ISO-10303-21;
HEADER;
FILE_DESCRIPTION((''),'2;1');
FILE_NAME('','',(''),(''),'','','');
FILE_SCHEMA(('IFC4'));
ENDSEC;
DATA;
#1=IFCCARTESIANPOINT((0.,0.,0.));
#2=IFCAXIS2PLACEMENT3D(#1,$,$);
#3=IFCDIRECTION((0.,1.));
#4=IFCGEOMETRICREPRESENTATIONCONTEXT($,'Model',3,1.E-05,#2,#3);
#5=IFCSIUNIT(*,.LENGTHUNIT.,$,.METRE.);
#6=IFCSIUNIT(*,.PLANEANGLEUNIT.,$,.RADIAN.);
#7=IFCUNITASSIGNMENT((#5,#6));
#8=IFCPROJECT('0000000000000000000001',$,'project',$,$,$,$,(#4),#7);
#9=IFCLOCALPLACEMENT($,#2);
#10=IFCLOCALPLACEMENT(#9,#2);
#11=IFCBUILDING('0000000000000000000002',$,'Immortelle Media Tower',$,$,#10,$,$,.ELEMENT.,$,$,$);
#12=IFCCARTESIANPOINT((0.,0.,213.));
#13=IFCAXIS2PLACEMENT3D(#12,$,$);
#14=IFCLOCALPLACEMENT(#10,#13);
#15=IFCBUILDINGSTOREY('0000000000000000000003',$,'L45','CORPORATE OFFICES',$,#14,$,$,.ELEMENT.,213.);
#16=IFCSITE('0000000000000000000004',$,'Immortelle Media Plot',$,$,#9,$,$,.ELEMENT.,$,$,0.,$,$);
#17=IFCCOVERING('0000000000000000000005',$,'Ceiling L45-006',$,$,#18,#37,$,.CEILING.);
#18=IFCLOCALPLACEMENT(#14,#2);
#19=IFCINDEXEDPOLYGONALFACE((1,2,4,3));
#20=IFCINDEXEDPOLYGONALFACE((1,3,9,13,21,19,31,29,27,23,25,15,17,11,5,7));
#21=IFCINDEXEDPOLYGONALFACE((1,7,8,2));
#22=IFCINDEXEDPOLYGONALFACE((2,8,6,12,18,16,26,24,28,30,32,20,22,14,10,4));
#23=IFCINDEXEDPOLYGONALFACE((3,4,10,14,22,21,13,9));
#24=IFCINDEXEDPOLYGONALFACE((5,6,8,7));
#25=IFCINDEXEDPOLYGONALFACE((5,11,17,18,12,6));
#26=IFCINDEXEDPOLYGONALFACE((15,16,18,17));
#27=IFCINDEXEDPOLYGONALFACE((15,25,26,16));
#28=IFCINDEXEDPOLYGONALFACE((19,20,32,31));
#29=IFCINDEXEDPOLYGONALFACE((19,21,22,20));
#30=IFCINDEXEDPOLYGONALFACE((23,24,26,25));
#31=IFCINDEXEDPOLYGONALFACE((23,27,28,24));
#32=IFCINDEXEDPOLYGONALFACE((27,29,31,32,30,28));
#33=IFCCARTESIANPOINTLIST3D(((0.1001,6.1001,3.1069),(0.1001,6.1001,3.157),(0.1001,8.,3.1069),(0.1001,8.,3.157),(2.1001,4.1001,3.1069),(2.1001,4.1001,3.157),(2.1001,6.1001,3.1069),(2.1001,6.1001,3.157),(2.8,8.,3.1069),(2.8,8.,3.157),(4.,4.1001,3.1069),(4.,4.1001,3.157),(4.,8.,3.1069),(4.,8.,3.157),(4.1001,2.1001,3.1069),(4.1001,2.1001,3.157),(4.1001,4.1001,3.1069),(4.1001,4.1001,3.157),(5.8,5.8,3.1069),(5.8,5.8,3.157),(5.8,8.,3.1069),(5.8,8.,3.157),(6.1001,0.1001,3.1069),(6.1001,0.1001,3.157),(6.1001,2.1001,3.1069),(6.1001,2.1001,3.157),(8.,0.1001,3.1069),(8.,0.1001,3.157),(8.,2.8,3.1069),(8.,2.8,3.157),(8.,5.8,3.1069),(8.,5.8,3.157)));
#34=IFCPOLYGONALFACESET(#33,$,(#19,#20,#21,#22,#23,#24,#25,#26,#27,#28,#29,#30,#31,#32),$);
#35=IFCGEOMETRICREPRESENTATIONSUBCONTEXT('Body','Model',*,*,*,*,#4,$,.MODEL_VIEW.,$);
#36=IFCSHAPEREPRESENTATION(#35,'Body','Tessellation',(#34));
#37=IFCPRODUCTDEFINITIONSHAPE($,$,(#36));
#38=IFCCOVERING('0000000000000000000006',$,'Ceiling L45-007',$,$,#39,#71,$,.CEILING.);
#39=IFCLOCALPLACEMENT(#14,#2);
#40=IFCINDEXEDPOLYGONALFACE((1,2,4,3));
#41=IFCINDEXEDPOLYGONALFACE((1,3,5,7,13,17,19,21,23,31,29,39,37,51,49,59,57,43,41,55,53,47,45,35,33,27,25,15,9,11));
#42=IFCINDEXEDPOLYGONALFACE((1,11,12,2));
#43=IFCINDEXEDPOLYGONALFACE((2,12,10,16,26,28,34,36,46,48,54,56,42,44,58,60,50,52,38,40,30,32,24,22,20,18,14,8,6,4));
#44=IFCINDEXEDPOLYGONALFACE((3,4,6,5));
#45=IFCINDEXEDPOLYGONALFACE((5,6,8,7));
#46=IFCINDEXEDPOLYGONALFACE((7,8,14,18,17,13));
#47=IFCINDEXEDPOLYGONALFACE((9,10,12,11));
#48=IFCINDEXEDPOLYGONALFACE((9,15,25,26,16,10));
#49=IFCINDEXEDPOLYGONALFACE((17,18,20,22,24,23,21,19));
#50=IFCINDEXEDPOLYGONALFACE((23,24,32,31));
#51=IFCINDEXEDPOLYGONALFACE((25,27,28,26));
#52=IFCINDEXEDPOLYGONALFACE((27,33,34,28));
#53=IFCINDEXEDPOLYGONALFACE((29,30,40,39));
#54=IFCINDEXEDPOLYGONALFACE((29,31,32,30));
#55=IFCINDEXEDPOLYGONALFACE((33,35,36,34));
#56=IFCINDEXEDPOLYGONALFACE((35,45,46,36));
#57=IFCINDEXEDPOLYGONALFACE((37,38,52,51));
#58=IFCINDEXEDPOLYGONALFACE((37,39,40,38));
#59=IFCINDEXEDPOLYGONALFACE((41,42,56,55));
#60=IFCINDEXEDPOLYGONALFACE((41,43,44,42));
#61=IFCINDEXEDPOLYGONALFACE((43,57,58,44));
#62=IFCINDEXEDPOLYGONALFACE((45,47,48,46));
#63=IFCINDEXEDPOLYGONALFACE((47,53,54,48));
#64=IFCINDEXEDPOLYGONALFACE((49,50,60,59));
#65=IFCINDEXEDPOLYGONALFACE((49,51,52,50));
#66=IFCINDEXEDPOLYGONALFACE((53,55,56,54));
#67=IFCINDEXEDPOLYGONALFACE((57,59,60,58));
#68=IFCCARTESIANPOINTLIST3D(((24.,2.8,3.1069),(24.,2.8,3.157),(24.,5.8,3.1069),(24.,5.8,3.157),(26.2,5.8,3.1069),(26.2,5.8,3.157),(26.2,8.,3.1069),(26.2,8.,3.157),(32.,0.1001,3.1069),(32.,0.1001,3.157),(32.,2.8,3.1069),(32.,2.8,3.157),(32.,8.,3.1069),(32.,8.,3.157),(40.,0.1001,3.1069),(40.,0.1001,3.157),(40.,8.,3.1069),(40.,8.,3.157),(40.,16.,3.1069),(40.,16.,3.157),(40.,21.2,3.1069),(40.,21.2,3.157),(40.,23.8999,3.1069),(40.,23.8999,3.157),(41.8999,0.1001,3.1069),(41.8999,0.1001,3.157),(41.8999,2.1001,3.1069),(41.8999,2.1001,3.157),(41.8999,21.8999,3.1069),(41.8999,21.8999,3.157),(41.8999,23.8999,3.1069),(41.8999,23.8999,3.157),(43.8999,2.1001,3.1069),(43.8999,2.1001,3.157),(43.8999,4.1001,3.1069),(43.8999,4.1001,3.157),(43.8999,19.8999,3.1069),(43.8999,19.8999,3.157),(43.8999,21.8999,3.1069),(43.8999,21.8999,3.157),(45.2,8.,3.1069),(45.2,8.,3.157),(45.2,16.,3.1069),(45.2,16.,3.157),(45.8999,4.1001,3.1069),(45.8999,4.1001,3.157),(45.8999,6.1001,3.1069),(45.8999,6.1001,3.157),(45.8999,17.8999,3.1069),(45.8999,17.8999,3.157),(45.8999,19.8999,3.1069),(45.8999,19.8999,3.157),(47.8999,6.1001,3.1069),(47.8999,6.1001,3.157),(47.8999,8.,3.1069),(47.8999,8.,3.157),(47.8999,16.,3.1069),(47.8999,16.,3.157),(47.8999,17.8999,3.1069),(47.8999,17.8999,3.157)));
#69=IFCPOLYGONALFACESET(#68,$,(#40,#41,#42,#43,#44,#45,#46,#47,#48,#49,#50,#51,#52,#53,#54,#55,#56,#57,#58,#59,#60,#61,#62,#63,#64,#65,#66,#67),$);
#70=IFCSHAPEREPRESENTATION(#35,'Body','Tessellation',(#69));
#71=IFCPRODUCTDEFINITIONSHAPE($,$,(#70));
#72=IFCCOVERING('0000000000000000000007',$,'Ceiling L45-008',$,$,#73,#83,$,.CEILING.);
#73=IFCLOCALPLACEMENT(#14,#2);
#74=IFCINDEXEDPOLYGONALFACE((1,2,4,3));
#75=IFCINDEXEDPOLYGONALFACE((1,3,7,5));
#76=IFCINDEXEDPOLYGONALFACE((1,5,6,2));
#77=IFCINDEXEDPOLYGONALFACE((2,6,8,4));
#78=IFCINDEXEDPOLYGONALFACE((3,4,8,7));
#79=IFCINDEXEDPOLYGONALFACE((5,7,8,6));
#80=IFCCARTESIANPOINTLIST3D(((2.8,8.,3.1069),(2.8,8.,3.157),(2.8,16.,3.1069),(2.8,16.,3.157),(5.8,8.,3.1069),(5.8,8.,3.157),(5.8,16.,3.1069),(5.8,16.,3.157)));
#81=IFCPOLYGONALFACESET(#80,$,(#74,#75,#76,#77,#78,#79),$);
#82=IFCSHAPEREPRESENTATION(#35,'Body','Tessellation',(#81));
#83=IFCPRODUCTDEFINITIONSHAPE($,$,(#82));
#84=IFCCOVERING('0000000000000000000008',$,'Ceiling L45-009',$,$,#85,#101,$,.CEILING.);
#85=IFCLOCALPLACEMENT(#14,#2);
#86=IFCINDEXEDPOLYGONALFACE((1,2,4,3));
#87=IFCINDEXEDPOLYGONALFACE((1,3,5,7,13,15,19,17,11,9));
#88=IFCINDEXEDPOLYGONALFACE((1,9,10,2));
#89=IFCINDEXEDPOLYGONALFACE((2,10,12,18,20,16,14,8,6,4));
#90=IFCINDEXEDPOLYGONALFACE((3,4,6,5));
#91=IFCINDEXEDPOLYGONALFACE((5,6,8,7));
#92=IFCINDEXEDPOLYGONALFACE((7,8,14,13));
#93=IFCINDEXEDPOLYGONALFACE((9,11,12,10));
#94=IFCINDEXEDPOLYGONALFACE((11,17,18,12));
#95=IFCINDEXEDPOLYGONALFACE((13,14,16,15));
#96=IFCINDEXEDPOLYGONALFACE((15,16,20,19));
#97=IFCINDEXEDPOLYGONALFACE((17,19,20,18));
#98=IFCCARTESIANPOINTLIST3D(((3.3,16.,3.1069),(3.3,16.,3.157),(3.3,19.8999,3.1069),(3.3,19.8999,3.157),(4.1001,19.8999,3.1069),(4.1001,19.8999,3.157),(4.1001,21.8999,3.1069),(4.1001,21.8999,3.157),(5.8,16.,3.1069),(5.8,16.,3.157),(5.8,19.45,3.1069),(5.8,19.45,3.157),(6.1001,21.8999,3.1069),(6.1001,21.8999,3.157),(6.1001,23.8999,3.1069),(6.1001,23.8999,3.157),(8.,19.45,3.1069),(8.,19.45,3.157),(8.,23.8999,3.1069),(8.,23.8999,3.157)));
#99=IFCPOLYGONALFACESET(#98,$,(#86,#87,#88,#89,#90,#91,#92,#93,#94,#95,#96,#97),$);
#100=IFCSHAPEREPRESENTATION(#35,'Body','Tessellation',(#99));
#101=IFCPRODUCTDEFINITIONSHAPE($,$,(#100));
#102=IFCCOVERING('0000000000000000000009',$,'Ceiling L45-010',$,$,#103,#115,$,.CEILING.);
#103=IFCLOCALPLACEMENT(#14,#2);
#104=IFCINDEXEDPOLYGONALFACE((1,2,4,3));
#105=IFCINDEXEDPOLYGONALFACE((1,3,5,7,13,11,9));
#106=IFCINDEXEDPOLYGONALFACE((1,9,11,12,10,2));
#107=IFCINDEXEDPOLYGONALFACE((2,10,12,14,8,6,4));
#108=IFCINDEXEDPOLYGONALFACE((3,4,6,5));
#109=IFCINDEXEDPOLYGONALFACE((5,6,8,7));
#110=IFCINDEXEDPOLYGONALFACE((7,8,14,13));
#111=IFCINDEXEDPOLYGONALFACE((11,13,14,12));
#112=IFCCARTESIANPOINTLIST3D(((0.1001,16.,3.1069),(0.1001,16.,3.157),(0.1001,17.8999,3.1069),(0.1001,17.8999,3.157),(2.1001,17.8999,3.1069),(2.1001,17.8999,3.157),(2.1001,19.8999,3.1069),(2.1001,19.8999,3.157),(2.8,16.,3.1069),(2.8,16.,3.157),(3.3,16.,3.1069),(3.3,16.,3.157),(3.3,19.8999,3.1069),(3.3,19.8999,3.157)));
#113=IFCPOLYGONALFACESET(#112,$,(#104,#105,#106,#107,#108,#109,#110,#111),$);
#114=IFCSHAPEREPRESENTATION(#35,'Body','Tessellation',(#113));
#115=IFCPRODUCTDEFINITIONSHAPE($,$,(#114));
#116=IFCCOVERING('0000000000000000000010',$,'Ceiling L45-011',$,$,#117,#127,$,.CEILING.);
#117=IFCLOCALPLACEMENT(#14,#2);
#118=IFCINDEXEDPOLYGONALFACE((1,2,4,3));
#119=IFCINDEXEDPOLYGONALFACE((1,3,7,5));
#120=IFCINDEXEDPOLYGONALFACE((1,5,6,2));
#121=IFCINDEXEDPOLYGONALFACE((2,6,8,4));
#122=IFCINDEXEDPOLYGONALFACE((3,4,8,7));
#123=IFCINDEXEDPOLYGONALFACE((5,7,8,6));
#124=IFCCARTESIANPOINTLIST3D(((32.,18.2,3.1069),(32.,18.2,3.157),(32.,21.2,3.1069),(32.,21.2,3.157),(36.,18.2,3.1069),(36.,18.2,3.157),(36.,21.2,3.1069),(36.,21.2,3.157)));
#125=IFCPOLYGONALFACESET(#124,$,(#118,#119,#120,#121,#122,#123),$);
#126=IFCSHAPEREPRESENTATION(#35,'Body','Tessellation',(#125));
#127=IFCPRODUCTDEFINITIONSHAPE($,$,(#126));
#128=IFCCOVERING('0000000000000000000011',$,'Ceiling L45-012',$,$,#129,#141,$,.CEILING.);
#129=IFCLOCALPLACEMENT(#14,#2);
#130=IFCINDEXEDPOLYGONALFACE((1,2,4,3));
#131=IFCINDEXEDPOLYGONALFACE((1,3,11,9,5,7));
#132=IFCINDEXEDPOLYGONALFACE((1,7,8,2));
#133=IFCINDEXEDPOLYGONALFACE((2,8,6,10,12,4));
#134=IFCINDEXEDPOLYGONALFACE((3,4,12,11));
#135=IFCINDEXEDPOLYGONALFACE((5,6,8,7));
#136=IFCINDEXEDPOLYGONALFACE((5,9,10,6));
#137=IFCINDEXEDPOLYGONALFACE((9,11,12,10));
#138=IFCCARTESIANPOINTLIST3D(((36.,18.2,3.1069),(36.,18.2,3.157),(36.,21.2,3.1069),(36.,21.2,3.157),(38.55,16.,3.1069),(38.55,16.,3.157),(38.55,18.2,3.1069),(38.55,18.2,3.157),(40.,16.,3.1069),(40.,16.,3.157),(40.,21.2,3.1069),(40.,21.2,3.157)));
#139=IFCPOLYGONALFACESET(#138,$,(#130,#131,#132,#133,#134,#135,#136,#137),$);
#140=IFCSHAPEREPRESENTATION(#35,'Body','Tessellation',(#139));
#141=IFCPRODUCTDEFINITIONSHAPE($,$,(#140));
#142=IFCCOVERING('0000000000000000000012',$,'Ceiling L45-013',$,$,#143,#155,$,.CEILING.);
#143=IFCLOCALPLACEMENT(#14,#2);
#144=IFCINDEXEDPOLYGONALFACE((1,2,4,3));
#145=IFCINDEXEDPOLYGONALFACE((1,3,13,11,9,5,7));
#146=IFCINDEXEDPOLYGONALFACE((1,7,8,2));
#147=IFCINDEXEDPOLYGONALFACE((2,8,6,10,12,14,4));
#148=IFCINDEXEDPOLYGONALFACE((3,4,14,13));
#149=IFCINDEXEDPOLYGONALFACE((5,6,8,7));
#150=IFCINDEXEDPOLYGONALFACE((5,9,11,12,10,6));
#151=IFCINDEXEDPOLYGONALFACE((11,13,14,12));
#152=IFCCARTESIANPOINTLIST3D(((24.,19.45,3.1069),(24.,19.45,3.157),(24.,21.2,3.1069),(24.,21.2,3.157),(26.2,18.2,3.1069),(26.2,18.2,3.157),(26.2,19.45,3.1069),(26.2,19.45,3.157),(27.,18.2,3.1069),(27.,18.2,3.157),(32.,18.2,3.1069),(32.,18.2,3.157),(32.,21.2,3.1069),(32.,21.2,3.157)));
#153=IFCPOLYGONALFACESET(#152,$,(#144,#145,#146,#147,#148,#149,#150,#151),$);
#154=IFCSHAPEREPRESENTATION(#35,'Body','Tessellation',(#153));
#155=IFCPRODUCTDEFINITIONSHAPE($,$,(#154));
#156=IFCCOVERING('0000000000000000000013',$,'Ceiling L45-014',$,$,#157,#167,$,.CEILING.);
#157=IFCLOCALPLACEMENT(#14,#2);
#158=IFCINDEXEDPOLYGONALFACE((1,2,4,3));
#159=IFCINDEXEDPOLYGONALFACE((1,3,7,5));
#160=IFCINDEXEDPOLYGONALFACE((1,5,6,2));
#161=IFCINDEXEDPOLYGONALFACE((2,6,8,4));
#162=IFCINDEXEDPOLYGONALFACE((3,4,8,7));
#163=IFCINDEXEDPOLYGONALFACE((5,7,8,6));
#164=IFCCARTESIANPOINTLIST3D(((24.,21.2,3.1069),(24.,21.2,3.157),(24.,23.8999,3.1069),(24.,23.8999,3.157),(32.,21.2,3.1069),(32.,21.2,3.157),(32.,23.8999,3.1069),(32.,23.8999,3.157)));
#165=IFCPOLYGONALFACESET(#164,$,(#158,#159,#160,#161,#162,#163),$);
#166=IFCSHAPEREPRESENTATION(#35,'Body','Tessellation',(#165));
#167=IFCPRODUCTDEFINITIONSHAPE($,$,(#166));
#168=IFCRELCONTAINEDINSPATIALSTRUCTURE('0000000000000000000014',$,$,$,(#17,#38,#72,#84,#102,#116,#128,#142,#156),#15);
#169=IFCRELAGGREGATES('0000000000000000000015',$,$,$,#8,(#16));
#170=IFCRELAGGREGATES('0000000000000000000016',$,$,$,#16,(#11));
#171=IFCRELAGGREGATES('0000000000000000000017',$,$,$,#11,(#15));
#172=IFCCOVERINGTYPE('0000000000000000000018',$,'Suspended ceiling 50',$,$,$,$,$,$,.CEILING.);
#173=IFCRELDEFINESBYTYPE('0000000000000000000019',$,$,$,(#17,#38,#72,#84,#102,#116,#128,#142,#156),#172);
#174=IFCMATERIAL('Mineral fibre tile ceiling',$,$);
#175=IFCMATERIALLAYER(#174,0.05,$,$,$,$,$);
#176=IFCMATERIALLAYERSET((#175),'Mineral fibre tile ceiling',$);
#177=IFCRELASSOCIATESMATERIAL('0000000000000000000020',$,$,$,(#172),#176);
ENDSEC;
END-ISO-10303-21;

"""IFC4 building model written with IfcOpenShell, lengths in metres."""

from ifc_helpers import new_model, si_unit, direction, frame, origin, place, context, subcontext, project, spatial, polyline, outline, extrude, material, layer, layer_set, type_object, element, save


model = new_model("IFC4")

# Units and contexts
model_context = context("Model", 3, precision=1e-05, world=origin(), true_north=direction((0.0, 1.0)))
body_context = subcontext(model_context, "Body", "Model", "MODEL_VIEW")
ifc_project = project(units=[si_unit("LENGTHUNIT", "METRE"), si_unit("PLANEANGLEUNIT", "RADIAN")], contexts=[model_context])

# Site, building, storey
site_placement = place(None, origin())
site = spatial("IfcSite", under=ifc_project, at=site_placement, Name="Immortelle Media Plot", CompositionType="ELEMENT", RefElevation=0.0)
building_placement = place(site_placement, origin())
building = spatial("IfcBuilding", under=site, at=building_placement, Name="Immortelle Media Tower", CompositionType="ELEMENT")
storey_placement = place(building_placement, frame((0.0, 0.0, 213.0)))
storey = spatial("IfcBuildingStorey", under=building, at=storey_placement, Name="L45", Description="CORPORATE OFFICES", CompositionType="ELEMENT", Elevation=213.0)

# Coverings
ifc_material_1 = material(Name="Mineral fibre tile ceiling")
ifc_layer_1 = layer(ifc_material_1, 0.05)
ifc_layer_set_1 = layer_set([ifc_layer_1], Name="Mineral fibre tile ceiling")
covering_type = type_object("IfcCoveringType", Name="Suspended ceiling 50", PredefinedType="CEILING", material=ifc_layer_set_1)
covering_1_placement = place(storey_placement, frame((0.0, 0.0, 3.1069)))
element("IfcCovering", 1, at=covering_1_placement, inside=storey, type_object=covering_type, Name="Ceiling L45-006", PredefinedType="CEILING", context=body_context, shape_type="SweptSolid", body=[
    extrude(outline(polyline([(4.1001, 2.1001), (4.1001, 4.1001), (4.0, 4.1001), (2.1001, 4.1001), (2.1001, 6.1001), (0.1001, 6.1001), (0.1001, 8.0), (2.8, 8.0), (4.0, 8.0), (5.8, 8.0), (5.8, 5.8), (8.0, 5.8), (8.0, 2.8), (8.0, 0.1001), (6.1001, 0.1001), (6.1001, 2.1001), (4.1001, 2.1001)])), origin(), (0.0, 0.0, 1.0), 0.05),
])
covering_2_placement = place(storey_placement, frame((0.0, 0.0, 3.1069)))
element("IfcCovering", 2, at=covering_2_placement, inside=storey, type_object=covering_type, Name="Ceiling L45-007", PredefinedType="CEILING", context=body_context, shape_type="SweptSolid", body=[
    extrude(outline(polyline([(26.2, 5.8), (26.2, 8.0), (32.0, 8.0), (40.0, 8.0), (40.0, 16.0), (40.0, 21.2), (40.0, 23.8999), (41.8999, 23.8999), (41.8999, 21.8999), (43.8999, 21.8999), (43.8999, 19.8999), (45.8999, 19.8999), (45.8999, 17.8999), (47.8999, 17.8999), (47.8999, 16.0), (45.2, 16.0), (45.2, 8.0), (47.8999, 8.0), (47.8999, 6.1001), (45.8999, 6.1001), (45.8999, 4.1001), (43.8999, 4.1001), (43.8999, 2.1001), (41.8999, 2.1001), (41.8999, 0.1001), (40.0, 0.1001), (32.0, 0.1001), (32.0, 2.8), (24.0, 2.8), (24.0, 5.8), (26.2, 5.8)])), origin(), (0.0, 0.0, 1.0), 0.05),
])
covering_3_placement = place(storey_placement, frame((0.0, 0.0, 3.1069)))
element("IfcCovering", 3, at=covering_3_placement, inside=storey, type_object=covering_type, Name="Ceiling L45-008", PredefinedType="CEILING", context=body_context, shape_type="SweptSolid", body=[
    extrude(outline(polyline([(5.8, 8.0), (2.8, 8.0), (2.8, 16.0), (5.8, 16.0), (5.8, 8.0)])), origin(), (0.0, 0.0, 1.0), 0.05),
])
covering_4_placement = place(storey_placement, frame((0.0, 0.0, 3.1069)))
element("IfcCovering", 4, at=covering_4_placement, inside=storey, type_object=covering_type, Name="Ceiling L45-009", PredefinedType="CEILING", context=body_context, shape_type="SweptSolid", body=[
    extrude(outline(polyline([(5.8, 16.0), (3.3, 16.0), (3.3, 19.8999), (4.1001, 19.8999), (4.1001, 21.8999), (6.1001, 21.8999), (6.1001, 23.8999), (8.0, 23.8999), (8.0, 19.45), (5.8, 19.45), (5.8, 16.0)])), origin(), (0.0, 0.0, 1.0), 0.05),
])
covering_5_placement = place(storey_placement, frame((0.0, 0.0, 3.1069)))
element("IfcCovering", 5, at=covering_5_placement, inside=storey, type_object=covering_type, Name="Ceiling L45-010", PredefinedType="CEILING", context=body_context, shape_type="SweptSolid", body=[
    extrude(outline(polyline([(2.8, 16.0), (0.1001, 16.0), (0.1001, 17.8999), (2.1001, 17.8999), (2.1001, 19.8999), (3.3, 19.8999), (3.3, 16.0), (2.8, 16.0)])), origin(), (0.0, 0.0, 1.0), 0.05),
])
covering_6_placement = place(storey_placement, frame((0.0, 0.0, 3.1069)))
element("IfcCovering", 6, at=covering_6_placement, inside=storey, type_object=covering_type, Name="Ceiling L45-011", PredefinedType="CEILING", context=body_context, shape_type="SweptSolid", body=[
    extrude(outline(polyline([(32.0, 18.2), (32.0, 21.2), (36.0, 21.2), (36.0, 18.2), (32.0, 18.2)])), origin(), (0.0, 0.0, 1.0), 0.05),
])
covering_7_placement = place(storey_placement, frame((0.0, 0.0, 3.1069)))
element("IfcCovering", 7, at=covering_7_placement, inside=storey, type_object=covering_type, Name="Ceiling L45-012", PredefinedType="CEILING", context=body_context, shape_type="SweptSolid", body=[
    extrude(outline(polyline([(38.55, 18.2), (36.0, 18.2), (36.0, 21.2), (40.0, 21.2), (40.0, 16.0), (38.55, 16.0), (38.55, 18.2)])), origin(), (0.0, 0.0, 1.0), 0.05),
])
covering_8_placement = place(storey_placement, frame((0.0, 0.0, 3.1069)))
element("IfcCovering", 8, at=covering_8_placement, inside=storey, type_object=covering_type, Name="Ceiling L45-013", PredefinedType="CEILING", context=body_context, shape_type="SweptSolid", body=[
    extrude(outline(polyline([(26.2, 18.2), (26.2, 19.45), (24.0, 19.45), (24.0, 21.2), (32.0, 21.2), (32.0, 18.2), (27.0, 18.2), (26.2, 18.2)])), origin(), (0.0, 0.0, 1.0), 0.05),
])
covering_9_placement = place(storey_placement, frame((0.0, 0.0, 3.1069)))
element("IfcCovering", 9, at=covering_9_placement, inside=storey, type_object=covering_type, Name="Ceiling L45-014", PredefinedType="CEILING", context=body_context, shape_type="SweptSolid", body=[
    extrude(outline(polyline([(24.0, 23.8999), (32.0, 23.8999), (32.0, 21.2), (24.0, 21.2), (24.0, 23.8999)])), origin(), (0.0, 0.0, 1.0), 0.05),
])

save(model, "model.ifc")
